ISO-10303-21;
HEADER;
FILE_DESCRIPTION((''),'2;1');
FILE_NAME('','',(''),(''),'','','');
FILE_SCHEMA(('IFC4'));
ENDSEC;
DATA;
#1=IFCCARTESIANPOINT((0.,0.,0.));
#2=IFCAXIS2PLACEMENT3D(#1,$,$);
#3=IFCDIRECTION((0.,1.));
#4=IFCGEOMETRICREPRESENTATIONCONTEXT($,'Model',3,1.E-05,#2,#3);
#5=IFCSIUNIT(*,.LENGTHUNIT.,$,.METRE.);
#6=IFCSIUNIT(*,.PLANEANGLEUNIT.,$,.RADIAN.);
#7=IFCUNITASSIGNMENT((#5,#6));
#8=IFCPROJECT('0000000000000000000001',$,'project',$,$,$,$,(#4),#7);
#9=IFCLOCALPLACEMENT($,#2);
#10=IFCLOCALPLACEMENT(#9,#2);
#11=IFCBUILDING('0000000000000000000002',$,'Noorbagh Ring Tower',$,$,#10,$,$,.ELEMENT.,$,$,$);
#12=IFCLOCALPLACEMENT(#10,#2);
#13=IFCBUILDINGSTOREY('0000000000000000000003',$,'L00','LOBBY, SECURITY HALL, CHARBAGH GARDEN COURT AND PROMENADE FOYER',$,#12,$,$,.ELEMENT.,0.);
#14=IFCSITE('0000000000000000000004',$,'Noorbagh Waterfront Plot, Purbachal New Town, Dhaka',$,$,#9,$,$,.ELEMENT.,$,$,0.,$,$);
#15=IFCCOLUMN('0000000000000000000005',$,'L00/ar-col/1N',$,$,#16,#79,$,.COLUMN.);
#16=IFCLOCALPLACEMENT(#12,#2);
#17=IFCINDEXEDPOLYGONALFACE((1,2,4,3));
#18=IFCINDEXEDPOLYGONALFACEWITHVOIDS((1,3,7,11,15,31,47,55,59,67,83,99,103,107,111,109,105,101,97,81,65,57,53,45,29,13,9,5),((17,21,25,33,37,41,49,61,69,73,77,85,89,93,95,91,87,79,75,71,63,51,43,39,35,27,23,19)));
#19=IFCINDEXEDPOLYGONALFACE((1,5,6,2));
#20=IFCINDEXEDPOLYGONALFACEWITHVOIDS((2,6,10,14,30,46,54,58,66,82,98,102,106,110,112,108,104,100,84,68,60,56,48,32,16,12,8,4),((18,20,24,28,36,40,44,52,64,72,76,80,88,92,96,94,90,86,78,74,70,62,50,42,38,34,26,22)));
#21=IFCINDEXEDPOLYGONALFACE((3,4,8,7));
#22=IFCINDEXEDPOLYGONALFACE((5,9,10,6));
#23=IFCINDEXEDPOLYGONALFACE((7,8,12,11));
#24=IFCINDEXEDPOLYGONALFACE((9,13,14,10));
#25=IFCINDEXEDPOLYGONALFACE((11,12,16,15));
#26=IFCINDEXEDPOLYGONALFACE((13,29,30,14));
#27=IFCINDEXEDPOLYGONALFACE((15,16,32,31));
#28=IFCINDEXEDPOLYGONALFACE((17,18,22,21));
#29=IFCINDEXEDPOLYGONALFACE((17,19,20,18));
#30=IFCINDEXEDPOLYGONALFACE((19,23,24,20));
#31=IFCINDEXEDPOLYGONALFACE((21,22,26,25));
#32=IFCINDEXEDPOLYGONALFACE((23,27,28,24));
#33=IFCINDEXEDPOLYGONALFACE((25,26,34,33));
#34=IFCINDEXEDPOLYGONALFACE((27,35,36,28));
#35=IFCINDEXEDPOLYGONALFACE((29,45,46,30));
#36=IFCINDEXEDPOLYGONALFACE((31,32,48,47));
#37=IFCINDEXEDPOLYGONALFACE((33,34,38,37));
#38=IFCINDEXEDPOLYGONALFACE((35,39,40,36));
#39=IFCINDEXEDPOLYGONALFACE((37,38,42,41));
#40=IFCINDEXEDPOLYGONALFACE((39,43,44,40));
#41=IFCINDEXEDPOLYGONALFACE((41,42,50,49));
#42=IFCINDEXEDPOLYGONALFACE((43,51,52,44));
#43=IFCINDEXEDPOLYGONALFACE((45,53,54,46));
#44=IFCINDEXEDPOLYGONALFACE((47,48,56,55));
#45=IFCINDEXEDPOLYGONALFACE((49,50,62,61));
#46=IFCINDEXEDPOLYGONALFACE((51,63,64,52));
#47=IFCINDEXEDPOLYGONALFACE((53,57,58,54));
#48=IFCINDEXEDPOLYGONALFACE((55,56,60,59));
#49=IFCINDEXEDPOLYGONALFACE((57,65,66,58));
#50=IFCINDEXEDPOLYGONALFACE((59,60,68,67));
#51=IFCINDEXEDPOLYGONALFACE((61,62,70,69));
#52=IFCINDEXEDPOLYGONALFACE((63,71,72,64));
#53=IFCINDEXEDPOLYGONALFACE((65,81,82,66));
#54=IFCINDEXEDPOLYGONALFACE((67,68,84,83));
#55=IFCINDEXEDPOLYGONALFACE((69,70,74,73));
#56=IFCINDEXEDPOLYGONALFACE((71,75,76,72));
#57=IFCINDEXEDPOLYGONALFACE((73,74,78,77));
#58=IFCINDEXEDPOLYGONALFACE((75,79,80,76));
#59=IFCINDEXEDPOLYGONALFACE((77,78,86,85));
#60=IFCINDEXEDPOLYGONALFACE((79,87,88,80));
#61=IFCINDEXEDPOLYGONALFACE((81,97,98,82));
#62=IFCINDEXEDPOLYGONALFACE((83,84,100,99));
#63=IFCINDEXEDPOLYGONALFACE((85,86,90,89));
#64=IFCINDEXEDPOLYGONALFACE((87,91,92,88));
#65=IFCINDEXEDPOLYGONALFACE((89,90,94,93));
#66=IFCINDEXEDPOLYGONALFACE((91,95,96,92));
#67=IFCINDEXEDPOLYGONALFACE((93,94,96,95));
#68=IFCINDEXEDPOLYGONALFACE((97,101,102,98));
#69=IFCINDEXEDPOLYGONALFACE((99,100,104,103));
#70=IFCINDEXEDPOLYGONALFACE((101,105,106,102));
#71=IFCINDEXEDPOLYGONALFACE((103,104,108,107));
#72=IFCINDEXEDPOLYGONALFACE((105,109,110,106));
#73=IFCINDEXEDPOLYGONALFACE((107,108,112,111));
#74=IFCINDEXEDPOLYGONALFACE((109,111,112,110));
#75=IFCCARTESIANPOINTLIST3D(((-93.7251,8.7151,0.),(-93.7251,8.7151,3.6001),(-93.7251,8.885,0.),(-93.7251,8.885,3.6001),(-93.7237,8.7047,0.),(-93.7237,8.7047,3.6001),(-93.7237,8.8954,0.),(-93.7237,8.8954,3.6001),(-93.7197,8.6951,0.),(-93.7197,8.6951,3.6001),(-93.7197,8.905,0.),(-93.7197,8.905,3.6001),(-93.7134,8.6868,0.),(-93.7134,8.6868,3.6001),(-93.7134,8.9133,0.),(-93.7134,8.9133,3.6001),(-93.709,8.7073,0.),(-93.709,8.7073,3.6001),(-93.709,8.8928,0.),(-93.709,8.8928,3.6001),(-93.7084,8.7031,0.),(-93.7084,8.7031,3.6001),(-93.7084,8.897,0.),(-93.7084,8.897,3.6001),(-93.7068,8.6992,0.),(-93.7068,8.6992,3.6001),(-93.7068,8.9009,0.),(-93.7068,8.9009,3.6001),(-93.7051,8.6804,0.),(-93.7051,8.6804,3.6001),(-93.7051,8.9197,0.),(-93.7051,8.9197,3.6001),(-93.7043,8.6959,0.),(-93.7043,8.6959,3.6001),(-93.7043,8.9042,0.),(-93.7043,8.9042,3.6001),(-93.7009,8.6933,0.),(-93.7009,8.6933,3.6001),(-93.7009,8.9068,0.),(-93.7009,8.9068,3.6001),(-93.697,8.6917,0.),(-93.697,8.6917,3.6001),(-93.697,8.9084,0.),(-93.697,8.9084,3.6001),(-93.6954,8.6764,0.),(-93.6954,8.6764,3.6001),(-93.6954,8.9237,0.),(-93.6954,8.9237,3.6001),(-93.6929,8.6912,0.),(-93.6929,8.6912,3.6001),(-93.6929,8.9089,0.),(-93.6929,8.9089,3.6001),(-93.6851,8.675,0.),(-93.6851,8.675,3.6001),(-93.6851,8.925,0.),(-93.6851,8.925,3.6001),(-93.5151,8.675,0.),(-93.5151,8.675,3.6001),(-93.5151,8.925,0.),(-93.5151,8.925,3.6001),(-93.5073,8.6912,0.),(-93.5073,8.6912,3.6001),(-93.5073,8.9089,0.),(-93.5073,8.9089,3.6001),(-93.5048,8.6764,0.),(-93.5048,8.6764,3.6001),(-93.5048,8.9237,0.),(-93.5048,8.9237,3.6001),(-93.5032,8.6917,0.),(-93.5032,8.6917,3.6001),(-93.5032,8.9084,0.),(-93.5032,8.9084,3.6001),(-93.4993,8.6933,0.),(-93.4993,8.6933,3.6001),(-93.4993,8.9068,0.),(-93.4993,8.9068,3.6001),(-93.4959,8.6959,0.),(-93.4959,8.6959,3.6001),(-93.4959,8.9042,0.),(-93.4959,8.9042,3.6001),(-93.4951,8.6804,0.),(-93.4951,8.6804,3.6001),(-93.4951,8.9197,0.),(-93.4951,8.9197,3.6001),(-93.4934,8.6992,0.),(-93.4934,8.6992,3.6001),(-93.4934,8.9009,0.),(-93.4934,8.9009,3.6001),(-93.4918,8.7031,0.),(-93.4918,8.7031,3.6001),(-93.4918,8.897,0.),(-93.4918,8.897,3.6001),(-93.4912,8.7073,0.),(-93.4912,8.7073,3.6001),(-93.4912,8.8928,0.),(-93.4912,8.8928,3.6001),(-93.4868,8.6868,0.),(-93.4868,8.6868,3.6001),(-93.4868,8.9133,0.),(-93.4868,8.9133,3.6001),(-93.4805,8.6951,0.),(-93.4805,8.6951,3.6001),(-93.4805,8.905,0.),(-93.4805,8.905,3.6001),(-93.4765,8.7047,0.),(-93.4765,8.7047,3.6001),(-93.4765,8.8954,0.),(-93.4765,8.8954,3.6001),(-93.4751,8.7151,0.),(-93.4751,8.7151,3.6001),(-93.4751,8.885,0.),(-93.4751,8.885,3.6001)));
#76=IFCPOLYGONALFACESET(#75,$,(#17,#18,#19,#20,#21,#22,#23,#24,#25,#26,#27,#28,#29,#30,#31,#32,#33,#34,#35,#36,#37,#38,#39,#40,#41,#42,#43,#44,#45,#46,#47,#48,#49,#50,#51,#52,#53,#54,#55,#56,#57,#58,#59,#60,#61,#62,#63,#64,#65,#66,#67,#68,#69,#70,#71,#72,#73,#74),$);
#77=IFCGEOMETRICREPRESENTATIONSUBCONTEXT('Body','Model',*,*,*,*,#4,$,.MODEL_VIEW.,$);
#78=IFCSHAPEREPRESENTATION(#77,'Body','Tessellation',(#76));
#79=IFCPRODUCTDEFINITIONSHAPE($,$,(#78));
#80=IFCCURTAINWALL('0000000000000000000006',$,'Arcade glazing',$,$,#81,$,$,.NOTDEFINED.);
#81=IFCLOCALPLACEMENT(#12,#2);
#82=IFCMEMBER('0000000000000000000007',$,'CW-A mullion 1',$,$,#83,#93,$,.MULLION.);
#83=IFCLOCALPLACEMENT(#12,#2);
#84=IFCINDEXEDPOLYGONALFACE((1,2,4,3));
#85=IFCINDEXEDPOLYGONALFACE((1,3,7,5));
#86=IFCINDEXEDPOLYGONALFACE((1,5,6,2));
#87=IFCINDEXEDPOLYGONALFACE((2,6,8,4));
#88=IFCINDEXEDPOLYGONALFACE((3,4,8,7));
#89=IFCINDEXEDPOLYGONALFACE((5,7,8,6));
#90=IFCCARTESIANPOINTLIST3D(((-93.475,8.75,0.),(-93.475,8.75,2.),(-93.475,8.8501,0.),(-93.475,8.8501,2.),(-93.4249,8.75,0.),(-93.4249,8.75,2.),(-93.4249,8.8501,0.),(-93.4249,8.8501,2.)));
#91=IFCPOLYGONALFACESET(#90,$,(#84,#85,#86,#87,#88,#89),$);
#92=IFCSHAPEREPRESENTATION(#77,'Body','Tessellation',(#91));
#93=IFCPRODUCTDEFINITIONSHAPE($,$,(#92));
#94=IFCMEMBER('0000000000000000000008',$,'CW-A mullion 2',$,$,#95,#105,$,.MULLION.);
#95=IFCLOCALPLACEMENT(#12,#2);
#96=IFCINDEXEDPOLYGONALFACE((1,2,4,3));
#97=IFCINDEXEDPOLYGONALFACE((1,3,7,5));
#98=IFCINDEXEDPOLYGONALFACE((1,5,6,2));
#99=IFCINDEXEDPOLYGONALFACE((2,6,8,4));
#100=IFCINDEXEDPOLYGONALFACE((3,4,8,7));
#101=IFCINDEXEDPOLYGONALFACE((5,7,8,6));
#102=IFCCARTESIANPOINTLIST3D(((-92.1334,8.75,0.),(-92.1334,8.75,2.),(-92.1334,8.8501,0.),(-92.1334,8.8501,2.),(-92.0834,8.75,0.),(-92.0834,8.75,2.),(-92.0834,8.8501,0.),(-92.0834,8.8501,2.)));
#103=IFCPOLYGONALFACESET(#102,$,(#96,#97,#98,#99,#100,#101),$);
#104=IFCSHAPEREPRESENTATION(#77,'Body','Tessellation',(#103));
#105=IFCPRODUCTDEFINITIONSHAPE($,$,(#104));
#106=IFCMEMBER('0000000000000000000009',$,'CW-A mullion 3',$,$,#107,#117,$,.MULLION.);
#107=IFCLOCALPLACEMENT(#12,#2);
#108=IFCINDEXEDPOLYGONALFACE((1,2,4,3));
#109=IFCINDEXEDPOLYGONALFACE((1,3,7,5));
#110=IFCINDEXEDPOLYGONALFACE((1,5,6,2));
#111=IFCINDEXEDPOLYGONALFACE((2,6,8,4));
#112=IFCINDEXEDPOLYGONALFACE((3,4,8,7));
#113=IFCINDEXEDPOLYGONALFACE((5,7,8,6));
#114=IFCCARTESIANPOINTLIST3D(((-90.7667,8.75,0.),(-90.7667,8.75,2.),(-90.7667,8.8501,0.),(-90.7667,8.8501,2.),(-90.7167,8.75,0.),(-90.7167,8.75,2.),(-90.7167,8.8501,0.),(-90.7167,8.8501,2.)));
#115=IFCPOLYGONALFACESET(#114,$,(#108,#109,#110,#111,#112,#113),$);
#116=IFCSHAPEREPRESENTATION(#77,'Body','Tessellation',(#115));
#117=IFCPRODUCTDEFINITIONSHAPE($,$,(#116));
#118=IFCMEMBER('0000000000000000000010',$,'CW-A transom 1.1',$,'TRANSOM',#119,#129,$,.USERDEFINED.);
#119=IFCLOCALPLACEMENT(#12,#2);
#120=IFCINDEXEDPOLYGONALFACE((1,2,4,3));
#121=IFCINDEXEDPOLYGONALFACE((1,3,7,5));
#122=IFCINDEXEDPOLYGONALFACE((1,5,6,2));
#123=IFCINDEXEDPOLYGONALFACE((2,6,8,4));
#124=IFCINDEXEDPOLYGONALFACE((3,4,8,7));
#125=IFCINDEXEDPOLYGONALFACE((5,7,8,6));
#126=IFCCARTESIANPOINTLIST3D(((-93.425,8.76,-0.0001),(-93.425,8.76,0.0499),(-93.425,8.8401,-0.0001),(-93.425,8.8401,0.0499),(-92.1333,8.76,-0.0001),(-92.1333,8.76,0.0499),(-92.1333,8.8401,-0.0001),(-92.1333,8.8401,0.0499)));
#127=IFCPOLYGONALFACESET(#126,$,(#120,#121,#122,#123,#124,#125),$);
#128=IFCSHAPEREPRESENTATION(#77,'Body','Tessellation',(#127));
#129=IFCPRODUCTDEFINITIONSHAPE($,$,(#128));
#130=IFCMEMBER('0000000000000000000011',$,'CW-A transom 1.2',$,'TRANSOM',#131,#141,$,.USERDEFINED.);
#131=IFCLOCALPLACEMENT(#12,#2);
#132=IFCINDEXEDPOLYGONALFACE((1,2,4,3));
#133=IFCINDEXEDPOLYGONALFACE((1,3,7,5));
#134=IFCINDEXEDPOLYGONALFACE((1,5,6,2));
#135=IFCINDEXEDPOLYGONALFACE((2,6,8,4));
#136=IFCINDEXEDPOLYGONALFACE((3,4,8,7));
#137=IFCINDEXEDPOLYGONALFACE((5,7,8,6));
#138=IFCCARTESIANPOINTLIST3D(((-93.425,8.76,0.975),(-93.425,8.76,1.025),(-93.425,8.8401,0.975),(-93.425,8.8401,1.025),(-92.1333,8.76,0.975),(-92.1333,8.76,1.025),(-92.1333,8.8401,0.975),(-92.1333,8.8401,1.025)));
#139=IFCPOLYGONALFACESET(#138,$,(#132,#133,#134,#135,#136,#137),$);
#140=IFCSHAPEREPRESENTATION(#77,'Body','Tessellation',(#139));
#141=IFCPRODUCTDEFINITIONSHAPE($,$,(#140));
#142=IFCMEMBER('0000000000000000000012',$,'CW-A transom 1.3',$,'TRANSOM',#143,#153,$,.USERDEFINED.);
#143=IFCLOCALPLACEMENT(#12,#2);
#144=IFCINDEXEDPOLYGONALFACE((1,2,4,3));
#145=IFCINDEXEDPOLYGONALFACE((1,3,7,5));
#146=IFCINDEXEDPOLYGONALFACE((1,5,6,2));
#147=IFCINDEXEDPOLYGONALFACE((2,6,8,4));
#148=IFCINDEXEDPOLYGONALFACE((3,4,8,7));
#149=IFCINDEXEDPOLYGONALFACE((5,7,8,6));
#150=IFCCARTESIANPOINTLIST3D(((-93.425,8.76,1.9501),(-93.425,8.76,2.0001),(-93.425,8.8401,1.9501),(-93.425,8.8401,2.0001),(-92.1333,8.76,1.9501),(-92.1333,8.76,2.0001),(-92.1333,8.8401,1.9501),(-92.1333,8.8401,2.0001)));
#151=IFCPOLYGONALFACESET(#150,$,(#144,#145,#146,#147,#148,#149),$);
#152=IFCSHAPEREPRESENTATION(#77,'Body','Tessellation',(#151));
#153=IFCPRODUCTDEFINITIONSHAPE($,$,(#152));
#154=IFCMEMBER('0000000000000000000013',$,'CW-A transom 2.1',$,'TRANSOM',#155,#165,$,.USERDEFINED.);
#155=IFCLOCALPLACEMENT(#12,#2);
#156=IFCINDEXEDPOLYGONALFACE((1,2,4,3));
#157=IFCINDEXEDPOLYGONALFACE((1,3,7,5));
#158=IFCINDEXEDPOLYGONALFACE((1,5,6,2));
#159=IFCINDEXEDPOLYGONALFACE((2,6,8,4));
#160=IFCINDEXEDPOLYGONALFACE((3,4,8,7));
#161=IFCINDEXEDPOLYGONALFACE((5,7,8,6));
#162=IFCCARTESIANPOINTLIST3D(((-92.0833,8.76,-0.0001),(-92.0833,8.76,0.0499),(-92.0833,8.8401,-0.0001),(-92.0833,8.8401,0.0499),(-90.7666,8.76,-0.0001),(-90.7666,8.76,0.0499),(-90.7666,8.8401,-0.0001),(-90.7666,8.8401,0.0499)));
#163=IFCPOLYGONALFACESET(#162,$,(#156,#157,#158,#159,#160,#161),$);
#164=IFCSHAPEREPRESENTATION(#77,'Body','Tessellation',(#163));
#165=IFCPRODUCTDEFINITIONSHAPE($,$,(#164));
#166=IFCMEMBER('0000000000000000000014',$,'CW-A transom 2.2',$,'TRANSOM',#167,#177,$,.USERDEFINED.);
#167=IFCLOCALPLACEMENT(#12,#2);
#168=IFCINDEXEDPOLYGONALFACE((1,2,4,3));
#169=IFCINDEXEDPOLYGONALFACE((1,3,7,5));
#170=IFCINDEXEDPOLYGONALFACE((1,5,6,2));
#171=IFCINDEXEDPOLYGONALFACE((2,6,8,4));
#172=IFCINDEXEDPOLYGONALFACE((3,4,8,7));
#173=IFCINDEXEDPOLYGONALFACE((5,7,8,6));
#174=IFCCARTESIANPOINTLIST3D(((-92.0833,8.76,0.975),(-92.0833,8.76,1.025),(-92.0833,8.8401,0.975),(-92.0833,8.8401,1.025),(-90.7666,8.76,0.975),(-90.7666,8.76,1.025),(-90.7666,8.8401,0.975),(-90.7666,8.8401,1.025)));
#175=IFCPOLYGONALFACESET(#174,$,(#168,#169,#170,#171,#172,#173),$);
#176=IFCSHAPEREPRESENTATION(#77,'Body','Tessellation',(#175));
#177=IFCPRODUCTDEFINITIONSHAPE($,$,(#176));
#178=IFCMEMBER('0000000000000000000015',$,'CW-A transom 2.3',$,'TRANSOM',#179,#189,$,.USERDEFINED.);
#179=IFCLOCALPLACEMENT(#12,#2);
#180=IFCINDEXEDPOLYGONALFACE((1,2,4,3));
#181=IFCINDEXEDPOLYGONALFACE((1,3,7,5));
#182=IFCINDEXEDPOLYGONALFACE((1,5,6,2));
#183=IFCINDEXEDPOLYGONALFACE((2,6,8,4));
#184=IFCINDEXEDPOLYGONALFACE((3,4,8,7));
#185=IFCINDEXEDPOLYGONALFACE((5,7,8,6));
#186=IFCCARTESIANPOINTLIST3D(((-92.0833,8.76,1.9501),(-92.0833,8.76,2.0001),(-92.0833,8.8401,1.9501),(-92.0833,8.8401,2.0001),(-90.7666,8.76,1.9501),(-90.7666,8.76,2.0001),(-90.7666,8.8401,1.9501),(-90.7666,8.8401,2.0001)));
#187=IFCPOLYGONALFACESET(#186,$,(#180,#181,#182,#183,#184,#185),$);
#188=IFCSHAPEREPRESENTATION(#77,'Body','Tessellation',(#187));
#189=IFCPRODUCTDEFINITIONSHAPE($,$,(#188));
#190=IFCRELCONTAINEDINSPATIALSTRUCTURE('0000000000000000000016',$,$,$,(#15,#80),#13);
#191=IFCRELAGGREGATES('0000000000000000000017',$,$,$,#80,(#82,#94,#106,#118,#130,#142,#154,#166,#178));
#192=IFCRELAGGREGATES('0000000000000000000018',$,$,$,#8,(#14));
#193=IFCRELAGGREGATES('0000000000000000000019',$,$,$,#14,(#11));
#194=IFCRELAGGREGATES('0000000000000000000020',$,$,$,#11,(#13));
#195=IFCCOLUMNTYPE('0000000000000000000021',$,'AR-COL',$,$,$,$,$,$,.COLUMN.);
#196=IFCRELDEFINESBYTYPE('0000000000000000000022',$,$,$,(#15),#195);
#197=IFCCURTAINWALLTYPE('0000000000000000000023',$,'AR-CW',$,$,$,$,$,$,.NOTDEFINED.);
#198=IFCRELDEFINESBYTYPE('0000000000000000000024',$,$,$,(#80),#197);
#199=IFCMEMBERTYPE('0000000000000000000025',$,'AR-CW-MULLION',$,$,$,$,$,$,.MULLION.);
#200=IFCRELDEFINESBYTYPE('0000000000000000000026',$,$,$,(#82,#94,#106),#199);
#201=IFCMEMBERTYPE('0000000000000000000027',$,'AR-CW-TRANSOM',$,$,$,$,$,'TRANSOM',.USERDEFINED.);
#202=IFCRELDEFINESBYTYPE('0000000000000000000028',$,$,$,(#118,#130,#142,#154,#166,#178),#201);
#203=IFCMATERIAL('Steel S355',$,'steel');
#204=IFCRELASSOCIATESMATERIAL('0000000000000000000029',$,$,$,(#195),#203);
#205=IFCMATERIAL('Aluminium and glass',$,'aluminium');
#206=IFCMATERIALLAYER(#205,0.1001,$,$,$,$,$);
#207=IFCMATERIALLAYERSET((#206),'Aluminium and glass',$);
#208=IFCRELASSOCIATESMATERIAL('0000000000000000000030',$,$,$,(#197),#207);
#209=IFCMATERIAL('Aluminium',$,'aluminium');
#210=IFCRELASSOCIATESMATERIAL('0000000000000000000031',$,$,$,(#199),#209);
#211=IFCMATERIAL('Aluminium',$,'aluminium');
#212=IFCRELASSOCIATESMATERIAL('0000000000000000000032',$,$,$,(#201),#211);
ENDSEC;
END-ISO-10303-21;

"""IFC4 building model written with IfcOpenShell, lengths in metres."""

from ifc_helpers import new_model, si_unit, direction, frame, origin, origin_2d, place, context, subcontext, project, spatial, rectangle, hollow_rectangle, extrude, material, layer, layer_set, material_profile, profile_set, type_object, element, aggregate, save


model = new_model("IFC4")

# Units and contexts
model_context = context("Model", 3, precision=1e-05, world=origin(), true_north=direction((0.0, 1.0)))
body_context = subcontext(model_context, "Body", "Model", "MODEL_VIEW")
ifc_project = project(units=[si_unit("LENGTHUNIT", "METRE"), si_unit("PLANEANGLEUNIT", "RADIAN")], contexts=[model_context])

# Site, building, storey
site_placement = place(None, origin())
site = spatial("IfcSite", under=ifc_project, at=site_placement, Name="Noorbagh Waterfront Plot, Purbachal New Town, Dhaka", CompositionType="ELEMENT", RefElevation=0.0)
building_placement = place(site_placement, origin())
building = spatial("IfcBuilding", under=site, at=building_placement, Name="Noorbagh Ring Tower", CompositionType="ELEMENT")
storey_placement = place(building_placement, origin())
storey = spatial("IfcBuildingStorey", under=building, at=storey_placement, Name="L00", Description="LOBBY, SECURITY HALL, CHARBAGH GARDEN COURT AND PROMENADE FOYER", CompositionType="ELEMENT", Elevation=0.0)

# Column
ifc_material_1 = material(Name="Steel S355", Category="steel")
ifc_material_profile_1 = material_profile(ifc_material_1, hollow_rectangle(XDim=0.25, YDim=0.25, WallThickness=0.0161, InnerFilletRadius=0.0161, OuterFilletRadius=0.04, at=origin_2d()), Name="SHS250x250x16")
ifc_profile_set_1 = profile_set([ifc_material_profile_1], Name="Steel S355")
column_type = type_object("IfcColumnType", Name="AR-COL", PredefinedType="COLUMN", material=ifc_profile_set_1)
column_placement = place(storey_placement, frame((-93.6001, 8.8, 0.0), z_axis=(0.0, 0.0, 1.0), x_axis=(1.0, 0.0, 0.0)))
element("IfcColumn", 1, at=column_placement, inside=storey, type_object=column_type, Name="L00/ar-col/1N", PredefinedType="COLUMN", context=body_context, shape_type="SweptSolid", body=[
    extrude(hollow_rectangle(XDim=0.25, YDim=0.25, WallThickness=0.0161, InnerFilletRadius=0.0161, OuterFilletRadius=0.04, at=origin_2d()), origin(), (0.0, 0.0, 1.0), 3.6001),
])

# Curtain wall, members
ifc_material_2 = material(Name="Aluminium and glass", Category="aluminium")
ifc_layer_1 = layer(ifc_material_2, 0.1001)
ifc_layer_set_1 = layer_set([ifc_layer_1], Name="Aluminium and glass")
curtain_wall_type = type_object("IfcCurtainWallType", Name="AR-CW", PredefinedType="NOTDEFINED", material=ifc_layer_set_1)
curtain_wall_placement = place(storey_placement, origin())
curtain_wall = element("IfcCurtainWall", 2, at=curtain_wall_placement, inside=storey, type_object=curtain_wall_type, Name="Arcade glazing", PredefinedType="NOTDEFINED")
ifc_material_3 = material(Name="Aluminium", Category="aluminium")
ifc_material_profile_2 = material_profile(ifc_material_3, rectangle(XDim=0.1001, YDim=0.05, at=origin_2d()), Name="AL 100x50")
ifc_profile_set_2 = profile_set([ifc_material_profile_2], Name="Aluminium")
member_type_1 = type_object("IfcMemberType", Name="AR-CW-MULLION", PredefinedType="MULLION", material=ifc_profile_set_2)
member_1_placement = place(storey_placement, frame((-93.45, 8.8, 0.0), z_axis=(0.0, 0.0, 1.0), x_axis=(0.0, 1.0, 0.0)))
member_1 = element("IfcMember", 3, at=member_1_placement, type_object=member_type_1, Name="CW-A mullion 1", PredefinedType="MULLION", context=body_context, shape_type="SweptSolid", body=[
    extrude(rectangle(XDim=0.1001, YDim=0.05, at=origin_2d()), origin(), (0.0, 0.0, 1.0), 2.0),
])
member_2_placement = place(storey_placement, frame((-92.1084, 8.8, 0.0), z_axis=(0.0, 0.0, 1.0), x_axis=(0.0, 1.0, 0.0)))
member_2 = element("IfcMember", 4, at=member_2_placement, type_object=member_type_1, Name="CW-A mullion 2", PredefinedType="MULLION", context=body_context, shape_type="SweptSolid", body=[
    extrude(rectangle(XDim=0.1001, YDim=0.05, at=origin_2d()), origin(), (0.0, 0.0, 1.0), 2.0),
])
member_3_placement = place(storey_placement, frame((-90.7417, 8.8, 0.0), z_axis=(0.0, 0.0, 1.0), x_axis=(0.0, 1.0, 0.0)))
member_3 = element("IfcMember", 5, at=member_3_placement, type_object=member_type_1, Name="CW-A mullion 3", PredefinedType="MULLION", context=body_context, shape_type="SweptSolid", body=[
    extrude(rectangle(XDim=0.1001, YDim=0.05, at=origin_2d()), origin(), (0.0, 0.0, 1.0), 2.0),
])
ifc_material_4 = material(Name="Aluminium", Category="aluminium")
ifc_material_profile_3 = material_profile(ifc_material_4, rectangle(XDim=0.0801, YDim=0.05, at=origin_2d()), Name="AL 80x50")
ifc_profile_set_3 = profile_set([ifc_material_profile_3], Name="Aluminium")
member_type_2 = type_object("IfcMemberType", Name="AR-CW-TRANSOM", ElementType="TRANSOM", PredefinedType="USERDEFINED", material=ifc_profile_set_3)
member_4_placement = place(storey_placement, frame((-93.425, 8.8, 0.0249), z_axis=(1.0, 0.0, 0.0), x_axis=(0.0, 1.0, 0.0)))
member_4 = element("IfcMember", 6, at=member_4_placement, type_object=member_type_2, Name="CW-A transom 1.1", ObjectType="TRANSOM", PredefinedType="USERDEFINED", context=body_context, shape_type="SweptSolid", body=[
    extrude(rectangle(XDim=0.0801, YDim=0.05, at=origin_2d()), origin(), (0.0, 0.0, 1.0), 1.2917),
])
member_5_placement = place(storey_placement, frame((-93.425, 8.8, 1.0), z_axis=(1.0, 0.0, 0.0), x_axis=(0.0, 1.0, 0.0)))
member_5 = element("IfcMember", 7, at=member_5_placement, type_object=member_type_2, Name="CW-A transom 1.2", ObjectType="TRANSOM", PredefinedType="USERDEFINED", context=body_context, shape_type="SweptSolid", body=[
    extrude(rectangle(XDim=0.0801, YDim=0.05, at=origin_2d()), origin(), (0.0, 0.0, 1.0), 1.2917),
])
member_6_placement = place(storey_placement, frame((-93.425, 8.8, 1.9751), z_axis=(1.0, 0.0, 0.0), x_axis=(0.0, 1.0, 0.0)))
member_6 = element("IfcMember", 8, at=member_6_placement, type_object=member_type_2, Name="CW-A transom 1.3", ObjectType="TRANSOM", PredefinedType="USERDEFINED", context=body_context, shape_type="SweptSolid", body=[
    extrude(rectangle(XDim=0.0801, YDim=0.05, at=origin_2d()), origin(), (0.0, 0.0, 1.0), 1.2917),
])
member_7_placement = place(storey_placement, frame((-92.0833, 8.8, 0.0249), z_axis=(1.0, 0.0, 0.0), x_axis=(0.0, 1.0, 0.0)))
member_7 = element("IfcMember", 9, at=member_7_placement, type_object=member_type_2, Name="CW-A transom 2.1", ObjectType="TRANSOM", PredefinedType="USERDEFINED", context=body_context, shape_type="SweptSolid", body=[
    extrude(rectangle(XDim=0.0801, YDim=0.05, at=origin_2d()), origin(), (0.0, 0.0, 1.0), 1.3167),
])
member_8_placement = place(storey_placement, frame((-92.0833, 8.8, 1.0), z_axis=(1.0, 0.0, 0.0), x_axis=(0.0, 1.0, 0.0)))
member_8 = element("IfcMember", 10, at=member_8_placement, type_object=member_type_2, Name="CW-A transom 2.2", ObjectType="TRANSOM", PredefinedType="USERDEFINED", context=body_context, shape_type="SweptSolid", body=[
    extrude(rectangle(XDim=0.0801, YDim=0.05, at=origin_2d()), origin(), (0.0, 0.0, 1.0), 1.3167),
])
member_9_placement = place(storey_placement, frame((-92.0833, 8.8, 1.9751), z_axis=(1.0, 0.0, 0.0), x_axis=(0.0, 1.0, 0.0)))
member_9 = element("IfcMember", 11, at=member_9_placement, type_object=member_type_2, Name="CW-A transom 2.3", ObjectType="TRANSOM", PredefinedType="USERDEFINED", context=body_context, shape_type="SweptSolid", body=[
    extrude(rectangle(XDim=0.0801, YDim=0.05, at=origin_2d()), origin(), (0.0, 0.0, 1.0), 1.3167),
])

aggregate(curtain_wall, [member_1, member_2, member_3, member_4, member_5, member_6, member_7, member_8, member_9])

save(model, "model.ifc")
